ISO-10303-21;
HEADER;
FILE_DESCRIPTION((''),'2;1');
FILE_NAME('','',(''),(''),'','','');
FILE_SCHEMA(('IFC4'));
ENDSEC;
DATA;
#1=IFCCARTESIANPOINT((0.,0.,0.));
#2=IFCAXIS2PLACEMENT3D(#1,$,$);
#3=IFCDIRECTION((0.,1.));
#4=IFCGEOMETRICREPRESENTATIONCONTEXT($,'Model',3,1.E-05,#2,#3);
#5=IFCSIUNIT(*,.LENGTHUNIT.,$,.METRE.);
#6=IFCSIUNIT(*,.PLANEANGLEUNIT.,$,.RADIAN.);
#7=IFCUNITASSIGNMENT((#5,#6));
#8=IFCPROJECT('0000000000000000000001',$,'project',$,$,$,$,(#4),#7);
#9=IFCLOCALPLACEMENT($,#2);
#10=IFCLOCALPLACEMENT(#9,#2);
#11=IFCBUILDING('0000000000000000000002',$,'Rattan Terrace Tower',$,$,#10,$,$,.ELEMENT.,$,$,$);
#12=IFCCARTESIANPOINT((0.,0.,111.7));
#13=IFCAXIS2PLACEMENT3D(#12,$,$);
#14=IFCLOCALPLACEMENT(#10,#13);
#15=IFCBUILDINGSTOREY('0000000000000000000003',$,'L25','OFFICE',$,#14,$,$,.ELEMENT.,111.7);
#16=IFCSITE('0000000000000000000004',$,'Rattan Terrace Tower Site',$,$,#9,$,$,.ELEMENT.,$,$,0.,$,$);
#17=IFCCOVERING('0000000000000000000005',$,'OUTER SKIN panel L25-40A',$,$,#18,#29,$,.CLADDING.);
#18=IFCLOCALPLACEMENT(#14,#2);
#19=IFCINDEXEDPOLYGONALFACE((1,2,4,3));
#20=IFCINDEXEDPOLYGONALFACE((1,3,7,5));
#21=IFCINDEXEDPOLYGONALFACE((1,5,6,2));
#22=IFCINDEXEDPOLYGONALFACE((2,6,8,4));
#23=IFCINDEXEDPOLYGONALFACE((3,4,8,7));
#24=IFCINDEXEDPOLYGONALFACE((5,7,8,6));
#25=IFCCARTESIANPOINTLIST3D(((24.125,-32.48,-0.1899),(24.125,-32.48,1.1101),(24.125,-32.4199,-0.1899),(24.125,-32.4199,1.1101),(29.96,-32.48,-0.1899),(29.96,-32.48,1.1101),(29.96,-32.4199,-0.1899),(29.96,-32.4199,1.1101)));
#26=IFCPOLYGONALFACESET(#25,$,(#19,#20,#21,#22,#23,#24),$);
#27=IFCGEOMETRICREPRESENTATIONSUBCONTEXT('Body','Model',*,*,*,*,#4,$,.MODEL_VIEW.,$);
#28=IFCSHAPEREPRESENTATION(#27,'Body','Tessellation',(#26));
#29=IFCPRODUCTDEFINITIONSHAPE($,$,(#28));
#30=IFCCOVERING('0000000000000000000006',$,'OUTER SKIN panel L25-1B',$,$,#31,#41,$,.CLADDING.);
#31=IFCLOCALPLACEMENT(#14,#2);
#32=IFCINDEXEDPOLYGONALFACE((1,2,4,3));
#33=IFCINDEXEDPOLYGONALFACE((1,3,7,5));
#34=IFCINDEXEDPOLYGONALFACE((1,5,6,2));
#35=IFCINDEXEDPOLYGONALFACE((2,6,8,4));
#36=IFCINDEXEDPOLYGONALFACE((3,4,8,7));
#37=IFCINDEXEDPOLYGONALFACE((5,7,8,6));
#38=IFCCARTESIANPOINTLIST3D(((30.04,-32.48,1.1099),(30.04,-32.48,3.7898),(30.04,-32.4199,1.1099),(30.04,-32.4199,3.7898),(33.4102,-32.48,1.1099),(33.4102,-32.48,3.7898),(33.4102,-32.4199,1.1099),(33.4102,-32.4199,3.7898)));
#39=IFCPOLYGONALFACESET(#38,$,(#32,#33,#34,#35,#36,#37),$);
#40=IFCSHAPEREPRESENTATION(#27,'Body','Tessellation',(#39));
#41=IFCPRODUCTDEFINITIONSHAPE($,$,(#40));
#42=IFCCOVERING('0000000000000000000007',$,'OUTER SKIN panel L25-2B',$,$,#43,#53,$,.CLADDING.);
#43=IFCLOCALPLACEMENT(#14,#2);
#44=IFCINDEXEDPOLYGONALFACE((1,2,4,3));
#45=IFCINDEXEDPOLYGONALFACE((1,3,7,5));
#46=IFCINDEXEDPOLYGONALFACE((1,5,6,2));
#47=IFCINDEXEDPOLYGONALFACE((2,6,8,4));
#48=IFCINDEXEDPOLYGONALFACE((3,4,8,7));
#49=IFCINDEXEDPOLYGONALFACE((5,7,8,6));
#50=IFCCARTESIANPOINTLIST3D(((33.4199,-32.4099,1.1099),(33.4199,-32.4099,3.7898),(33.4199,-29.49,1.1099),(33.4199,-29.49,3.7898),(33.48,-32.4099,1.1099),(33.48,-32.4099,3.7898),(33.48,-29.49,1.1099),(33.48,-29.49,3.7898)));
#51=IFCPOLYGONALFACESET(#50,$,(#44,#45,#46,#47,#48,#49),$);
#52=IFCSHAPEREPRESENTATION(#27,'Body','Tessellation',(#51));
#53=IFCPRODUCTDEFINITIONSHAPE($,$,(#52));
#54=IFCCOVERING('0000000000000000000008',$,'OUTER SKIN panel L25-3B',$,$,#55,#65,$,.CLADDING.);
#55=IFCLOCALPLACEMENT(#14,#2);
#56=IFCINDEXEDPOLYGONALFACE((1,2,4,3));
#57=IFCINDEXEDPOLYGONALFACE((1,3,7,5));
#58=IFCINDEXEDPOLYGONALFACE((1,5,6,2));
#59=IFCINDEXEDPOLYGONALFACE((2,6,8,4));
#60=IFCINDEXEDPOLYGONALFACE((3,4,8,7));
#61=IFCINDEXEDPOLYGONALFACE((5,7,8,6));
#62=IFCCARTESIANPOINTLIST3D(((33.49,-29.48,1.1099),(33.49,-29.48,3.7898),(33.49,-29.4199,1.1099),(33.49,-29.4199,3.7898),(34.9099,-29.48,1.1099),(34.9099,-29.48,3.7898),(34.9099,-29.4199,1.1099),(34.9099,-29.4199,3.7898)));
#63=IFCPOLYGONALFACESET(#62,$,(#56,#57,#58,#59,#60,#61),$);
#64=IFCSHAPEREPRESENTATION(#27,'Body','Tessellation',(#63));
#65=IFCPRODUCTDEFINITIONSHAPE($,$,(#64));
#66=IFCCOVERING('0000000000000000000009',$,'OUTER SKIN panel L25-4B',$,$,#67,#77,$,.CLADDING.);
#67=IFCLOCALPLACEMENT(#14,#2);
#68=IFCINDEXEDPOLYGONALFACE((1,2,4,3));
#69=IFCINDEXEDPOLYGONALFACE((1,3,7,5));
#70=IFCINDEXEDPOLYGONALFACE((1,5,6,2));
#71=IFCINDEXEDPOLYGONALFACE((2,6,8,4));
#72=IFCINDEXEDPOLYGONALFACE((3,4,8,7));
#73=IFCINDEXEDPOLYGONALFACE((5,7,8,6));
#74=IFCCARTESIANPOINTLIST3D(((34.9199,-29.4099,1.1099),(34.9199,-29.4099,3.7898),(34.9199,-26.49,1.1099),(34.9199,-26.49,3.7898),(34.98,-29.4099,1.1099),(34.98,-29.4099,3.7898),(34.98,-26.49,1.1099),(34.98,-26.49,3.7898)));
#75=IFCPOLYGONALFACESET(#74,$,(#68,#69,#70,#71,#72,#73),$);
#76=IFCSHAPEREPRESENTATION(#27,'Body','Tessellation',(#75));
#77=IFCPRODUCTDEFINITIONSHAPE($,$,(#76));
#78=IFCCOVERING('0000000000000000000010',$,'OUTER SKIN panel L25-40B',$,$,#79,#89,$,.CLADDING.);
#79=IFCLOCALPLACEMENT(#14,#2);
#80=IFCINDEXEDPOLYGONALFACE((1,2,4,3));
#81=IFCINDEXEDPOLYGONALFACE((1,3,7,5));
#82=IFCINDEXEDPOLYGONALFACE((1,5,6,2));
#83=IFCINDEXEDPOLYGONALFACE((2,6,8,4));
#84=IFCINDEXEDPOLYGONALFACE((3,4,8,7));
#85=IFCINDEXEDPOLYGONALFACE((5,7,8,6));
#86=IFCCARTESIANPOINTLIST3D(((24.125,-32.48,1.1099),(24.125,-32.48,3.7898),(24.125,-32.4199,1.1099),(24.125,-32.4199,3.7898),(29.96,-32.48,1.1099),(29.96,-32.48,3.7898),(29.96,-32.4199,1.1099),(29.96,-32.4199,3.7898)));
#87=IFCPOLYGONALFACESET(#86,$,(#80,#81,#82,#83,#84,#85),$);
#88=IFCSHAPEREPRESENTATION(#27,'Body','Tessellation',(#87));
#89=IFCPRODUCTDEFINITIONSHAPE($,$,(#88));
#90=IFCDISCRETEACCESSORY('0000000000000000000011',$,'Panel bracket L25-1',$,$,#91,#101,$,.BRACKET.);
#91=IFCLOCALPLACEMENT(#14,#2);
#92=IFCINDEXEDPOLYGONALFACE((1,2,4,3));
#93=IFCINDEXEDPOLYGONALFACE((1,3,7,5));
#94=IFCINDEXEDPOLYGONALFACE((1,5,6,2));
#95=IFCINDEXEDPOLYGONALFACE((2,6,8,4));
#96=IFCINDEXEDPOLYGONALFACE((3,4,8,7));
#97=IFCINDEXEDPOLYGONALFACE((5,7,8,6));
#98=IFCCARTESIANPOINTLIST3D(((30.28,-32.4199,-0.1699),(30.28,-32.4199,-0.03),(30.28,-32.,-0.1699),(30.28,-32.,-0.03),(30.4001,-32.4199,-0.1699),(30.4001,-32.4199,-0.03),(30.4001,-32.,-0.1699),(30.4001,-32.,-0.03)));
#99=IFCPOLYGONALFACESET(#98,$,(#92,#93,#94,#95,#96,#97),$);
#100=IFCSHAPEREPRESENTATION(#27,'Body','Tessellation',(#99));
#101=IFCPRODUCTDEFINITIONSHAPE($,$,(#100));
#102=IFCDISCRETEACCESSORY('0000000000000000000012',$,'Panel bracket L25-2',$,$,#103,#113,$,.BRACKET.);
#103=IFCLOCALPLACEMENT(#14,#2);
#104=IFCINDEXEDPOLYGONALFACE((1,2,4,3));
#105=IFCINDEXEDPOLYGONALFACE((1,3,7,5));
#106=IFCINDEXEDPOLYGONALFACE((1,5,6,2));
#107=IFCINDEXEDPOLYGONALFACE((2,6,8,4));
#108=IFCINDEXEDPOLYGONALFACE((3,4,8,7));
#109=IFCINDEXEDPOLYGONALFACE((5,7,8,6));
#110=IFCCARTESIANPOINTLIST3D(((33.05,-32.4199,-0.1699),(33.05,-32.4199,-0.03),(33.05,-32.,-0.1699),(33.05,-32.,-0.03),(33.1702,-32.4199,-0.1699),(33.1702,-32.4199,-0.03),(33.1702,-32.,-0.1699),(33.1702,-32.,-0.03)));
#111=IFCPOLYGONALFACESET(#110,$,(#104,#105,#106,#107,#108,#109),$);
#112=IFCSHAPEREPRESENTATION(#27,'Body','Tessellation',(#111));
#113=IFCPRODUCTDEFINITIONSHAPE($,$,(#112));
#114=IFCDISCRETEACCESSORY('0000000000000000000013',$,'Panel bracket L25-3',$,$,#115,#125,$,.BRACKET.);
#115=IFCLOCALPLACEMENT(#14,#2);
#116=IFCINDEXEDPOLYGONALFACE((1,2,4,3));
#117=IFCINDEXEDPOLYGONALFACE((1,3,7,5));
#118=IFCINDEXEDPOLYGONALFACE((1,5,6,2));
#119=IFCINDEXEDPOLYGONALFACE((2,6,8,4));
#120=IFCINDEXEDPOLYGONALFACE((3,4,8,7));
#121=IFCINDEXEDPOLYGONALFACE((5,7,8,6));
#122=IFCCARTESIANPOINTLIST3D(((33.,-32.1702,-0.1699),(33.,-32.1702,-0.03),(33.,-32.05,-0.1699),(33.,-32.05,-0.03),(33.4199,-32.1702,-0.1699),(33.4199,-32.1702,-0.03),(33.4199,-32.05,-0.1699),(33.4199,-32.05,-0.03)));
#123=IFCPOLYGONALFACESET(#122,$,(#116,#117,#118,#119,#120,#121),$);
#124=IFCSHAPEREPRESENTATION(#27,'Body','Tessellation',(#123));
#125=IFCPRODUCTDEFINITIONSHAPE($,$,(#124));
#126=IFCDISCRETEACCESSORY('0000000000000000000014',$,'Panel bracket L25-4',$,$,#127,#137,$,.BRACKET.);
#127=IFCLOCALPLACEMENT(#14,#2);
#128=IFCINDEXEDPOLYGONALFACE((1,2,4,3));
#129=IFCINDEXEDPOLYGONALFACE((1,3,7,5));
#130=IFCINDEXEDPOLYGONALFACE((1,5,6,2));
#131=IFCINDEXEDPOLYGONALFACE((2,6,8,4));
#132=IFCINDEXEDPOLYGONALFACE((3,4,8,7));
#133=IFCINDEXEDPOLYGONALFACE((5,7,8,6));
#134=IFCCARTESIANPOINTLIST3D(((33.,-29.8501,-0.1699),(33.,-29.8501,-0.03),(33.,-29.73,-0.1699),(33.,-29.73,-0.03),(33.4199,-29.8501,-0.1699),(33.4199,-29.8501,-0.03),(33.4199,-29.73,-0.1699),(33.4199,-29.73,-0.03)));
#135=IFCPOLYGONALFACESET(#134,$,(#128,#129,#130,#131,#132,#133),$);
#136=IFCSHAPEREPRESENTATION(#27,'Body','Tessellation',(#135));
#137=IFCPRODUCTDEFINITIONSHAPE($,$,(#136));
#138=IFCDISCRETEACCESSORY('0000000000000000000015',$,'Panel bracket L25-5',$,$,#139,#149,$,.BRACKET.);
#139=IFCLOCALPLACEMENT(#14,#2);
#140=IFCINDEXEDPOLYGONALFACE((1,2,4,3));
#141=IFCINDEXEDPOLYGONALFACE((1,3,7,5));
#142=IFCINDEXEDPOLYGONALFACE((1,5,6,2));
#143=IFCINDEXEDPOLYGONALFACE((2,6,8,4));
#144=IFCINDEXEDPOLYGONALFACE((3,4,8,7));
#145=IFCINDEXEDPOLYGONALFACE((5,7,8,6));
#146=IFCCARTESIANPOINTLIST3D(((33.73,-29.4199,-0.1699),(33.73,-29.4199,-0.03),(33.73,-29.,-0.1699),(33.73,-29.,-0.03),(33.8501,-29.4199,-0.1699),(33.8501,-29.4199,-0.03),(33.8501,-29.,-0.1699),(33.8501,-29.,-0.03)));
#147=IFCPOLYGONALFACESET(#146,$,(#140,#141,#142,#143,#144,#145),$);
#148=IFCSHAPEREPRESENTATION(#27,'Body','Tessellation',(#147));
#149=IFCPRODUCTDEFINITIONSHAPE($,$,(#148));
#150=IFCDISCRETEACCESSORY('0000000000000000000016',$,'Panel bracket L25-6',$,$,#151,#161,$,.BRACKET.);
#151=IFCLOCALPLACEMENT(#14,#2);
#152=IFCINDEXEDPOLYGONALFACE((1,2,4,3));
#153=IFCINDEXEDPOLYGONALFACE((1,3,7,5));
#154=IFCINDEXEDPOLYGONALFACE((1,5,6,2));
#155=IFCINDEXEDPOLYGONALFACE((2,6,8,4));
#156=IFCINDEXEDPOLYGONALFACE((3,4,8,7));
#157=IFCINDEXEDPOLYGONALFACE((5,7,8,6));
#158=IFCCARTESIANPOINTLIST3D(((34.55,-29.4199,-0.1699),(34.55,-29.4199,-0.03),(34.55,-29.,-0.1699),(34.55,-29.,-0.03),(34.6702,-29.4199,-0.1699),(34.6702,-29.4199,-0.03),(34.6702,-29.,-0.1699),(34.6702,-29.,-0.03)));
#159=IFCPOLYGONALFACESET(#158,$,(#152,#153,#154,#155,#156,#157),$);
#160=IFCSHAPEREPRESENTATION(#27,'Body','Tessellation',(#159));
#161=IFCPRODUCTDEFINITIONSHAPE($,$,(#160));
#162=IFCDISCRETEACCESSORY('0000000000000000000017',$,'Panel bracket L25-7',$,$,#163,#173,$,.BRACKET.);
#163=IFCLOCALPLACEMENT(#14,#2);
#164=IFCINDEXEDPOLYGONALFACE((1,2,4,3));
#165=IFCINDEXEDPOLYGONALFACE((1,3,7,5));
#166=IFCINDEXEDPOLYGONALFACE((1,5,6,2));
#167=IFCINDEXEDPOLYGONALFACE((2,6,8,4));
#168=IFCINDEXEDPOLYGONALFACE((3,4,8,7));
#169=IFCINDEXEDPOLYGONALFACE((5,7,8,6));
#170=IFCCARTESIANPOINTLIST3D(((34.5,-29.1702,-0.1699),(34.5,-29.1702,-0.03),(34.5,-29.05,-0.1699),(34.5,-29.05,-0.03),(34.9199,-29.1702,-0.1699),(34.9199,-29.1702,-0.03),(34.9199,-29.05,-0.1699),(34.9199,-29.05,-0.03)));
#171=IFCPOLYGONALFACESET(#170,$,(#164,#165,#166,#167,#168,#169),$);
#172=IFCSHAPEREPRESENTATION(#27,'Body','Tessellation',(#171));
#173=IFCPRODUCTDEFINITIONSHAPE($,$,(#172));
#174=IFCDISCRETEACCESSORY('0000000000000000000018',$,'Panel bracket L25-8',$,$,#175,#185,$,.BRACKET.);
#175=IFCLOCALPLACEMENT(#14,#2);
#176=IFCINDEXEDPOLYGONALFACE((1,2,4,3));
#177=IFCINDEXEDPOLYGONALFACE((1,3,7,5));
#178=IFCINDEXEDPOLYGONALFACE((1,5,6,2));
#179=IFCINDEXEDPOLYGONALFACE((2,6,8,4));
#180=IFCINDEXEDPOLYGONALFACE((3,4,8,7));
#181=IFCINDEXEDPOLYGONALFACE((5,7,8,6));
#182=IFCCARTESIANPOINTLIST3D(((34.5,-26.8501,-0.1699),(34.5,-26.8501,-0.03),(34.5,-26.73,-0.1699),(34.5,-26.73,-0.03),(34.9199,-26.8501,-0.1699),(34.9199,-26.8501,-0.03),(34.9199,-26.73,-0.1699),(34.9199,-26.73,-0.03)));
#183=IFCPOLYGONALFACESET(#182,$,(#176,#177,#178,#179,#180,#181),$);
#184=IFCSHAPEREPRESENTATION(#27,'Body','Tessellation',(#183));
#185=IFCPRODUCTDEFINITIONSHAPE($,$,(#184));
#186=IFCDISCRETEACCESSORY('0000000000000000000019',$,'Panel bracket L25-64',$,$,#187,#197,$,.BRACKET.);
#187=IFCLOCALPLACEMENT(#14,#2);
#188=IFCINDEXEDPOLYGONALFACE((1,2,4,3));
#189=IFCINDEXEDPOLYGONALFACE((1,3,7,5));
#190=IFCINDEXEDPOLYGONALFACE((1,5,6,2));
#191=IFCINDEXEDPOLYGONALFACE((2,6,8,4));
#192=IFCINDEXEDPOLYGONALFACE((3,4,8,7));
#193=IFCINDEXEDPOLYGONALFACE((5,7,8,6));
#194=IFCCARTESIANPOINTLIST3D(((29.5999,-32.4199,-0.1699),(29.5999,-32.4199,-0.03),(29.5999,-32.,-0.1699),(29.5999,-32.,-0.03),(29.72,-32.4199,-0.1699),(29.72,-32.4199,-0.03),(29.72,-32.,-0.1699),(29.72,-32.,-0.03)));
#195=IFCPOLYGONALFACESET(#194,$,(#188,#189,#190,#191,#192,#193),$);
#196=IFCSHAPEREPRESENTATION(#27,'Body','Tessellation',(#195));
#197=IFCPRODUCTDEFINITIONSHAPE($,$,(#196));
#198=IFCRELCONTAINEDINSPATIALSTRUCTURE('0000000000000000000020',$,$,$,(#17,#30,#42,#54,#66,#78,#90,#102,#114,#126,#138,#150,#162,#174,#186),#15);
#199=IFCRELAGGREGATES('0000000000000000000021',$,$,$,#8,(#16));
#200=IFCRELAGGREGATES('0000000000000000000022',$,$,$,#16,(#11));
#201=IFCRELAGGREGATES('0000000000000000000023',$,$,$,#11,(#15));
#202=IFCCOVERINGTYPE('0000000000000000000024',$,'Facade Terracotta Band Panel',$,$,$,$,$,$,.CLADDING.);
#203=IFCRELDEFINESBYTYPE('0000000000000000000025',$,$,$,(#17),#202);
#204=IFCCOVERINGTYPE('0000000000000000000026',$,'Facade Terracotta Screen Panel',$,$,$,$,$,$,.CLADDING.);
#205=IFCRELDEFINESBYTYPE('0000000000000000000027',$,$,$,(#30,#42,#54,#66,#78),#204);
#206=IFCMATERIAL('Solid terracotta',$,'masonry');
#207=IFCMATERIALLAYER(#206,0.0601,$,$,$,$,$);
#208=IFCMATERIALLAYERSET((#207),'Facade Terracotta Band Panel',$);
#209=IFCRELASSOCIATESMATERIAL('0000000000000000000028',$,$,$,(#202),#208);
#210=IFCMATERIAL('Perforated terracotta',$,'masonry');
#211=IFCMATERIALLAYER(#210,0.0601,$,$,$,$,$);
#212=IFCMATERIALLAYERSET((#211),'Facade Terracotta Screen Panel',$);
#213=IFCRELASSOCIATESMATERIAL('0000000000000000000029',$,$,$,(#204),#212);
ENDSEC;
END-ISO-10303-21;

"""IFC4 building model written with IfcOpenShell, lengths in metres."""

from ifc_helpers import new_model, si_unit, direction, frame, origin, origin_2d, place, context, subcontext, project, spatial, rectangle, extrude, material, layer, layer_set, type_object, element, save


model = new_model("IFC4")

# Units and contexts
model_context = context("Model", 3, precision=1e-05, world=origin(), true_north=direction((0.0, 1.0)))
body_context = subcontext(model_context, "Body", "Model", "MODEL_VIEW")
ifc_project = project(units=[si_unit("LENGTHUNIT", "METRE"), si_unit("PLANEANGLEUNIT", "RADIAN")], contexts=[model_context])

# Site, building, storey
site_placement = place(None, origin())
site = spatial("IfcSite", under=ifc_project, at=site_placement, Name="Rattan Terrace Tower Site", CompositionType="ELEMENT", RefElevation=0.0)
building_placement = place(site_placement, origin())
building = spatial("IfcBuilding", under=site, at=building_placement, Name="Rattan Terrace Tower", CompositionType="ELEMENT")
storey_placement = place(building_placement, frame((0.0, 0.0, 111.7)))
storey = spatial("IfcBuildingStorey", under=building, at=storey_placement, Name="L25", Description="OFFICE", CompositionType="ELEMENT", Elevation=111.7)

# Coverings
ifc_material_1 = material(Name="Solid terracotta", Category="masonry")
ifc_layer_1 = layer(ifc_material_1, 0.0601)
ifc_layer_set_1 = layer_set([ifc_layer_1], Name="Facade Terracotta Band Panel")
covering_type_1 = type_object("IfcCoveringType", Name="Facade Terracotta Band Panel", PredefinedType="CLADDING", material=ifc_layer_set_1)
covering_1_placement = place(storey_placement, frame((27.0425, -32.45, -0.1899), z_axis=(0.0, 0.0, 1.0), x_axis=(1.0, 0.0, 0.0)))
element("IfcCovering", 1, at=covering_1_placement, inside=storey, type_object=covering_type_1, Name="OUTER SKIN panel L25-40A", PredefinedType="CLADDING", context=body_context, shape_type="SweptSolid", body=[
    extrude(rectangle(XDim=5.835, YDim=0.0601, at=origin_2d()), origin(), (0.0, 0.0, 1.0), 1.3),
])
ifc_material_2 = material(Name="Perforated terracotta", Category="masonry")
ifc_layer_2 = layer(ifc_material_2, 0.0601)
ifc_layer_set_2 = layer_set([ifc_layer_2], Name="Facade Terracotta Screen Panel")
covering_type_2 = type_object("IfcCoveringType", Name="Facade Terracotta Screen Panel", PredefinedType="CLADDING", material=ifc_layer_set_2)
covering_2_placement = place(storey_placement, frame((31.7251, -32.45, 1.1099), z_axis=(0.0, 0.0, 1.0), x_axis=(1.0, 0.0, 0.0)))
element("IfcCovering", 2, at=covering_2_placement, inside=storey, type_object=covering_type_2, Name="OUTER SKIN panel L25-1B", PredefinedType="CLADDING", context=body_context, shape_type="SweptSolid", body=[
    extrude(rectangle(XDim=3.3701, YDim=0.0601, at=origin_2d()), origin(), (0.0, 0.0, 1.0), 2.6799),
])
covering_3_placement = place(storey_placement, frame((33.45, -30.95, 1.1099), z_axis=(0.0, 0.0, 1.0), x_axis=(0.0, 1.0, 0.0)))
element("IfcCovering", 3, at=covering_3_placement, inside=storey, type_object=covering_type_2, Name="OUTER SKIN panel L25-2B", PredefinedType="CLADDING", context=body_context, shape_type="SweptSolid", body=[
    extrude(rectangle(XDim=2.9199, YDim=0.0601, at=origin_2d()), origin(), (0.0, 0.0, 1.0), 2.6799),
])
covering_4_placement = place(storey_placement, frame((34.2, -29.45, 1.1099), z_axis=(0.0, 0.0, 1.0), x_axis=(1.0, 0.0, 0.0)))
element("IfcCovering", 4, at=covering_4_placement, inside=storey, type_object=covering_type_2, Name="OUTER SKIN panel L25-3B", PredefinedType="CLADDING", context=body_context, shape_type="SweptSolid", body=[
    extrude(rectangle(XDim=1.4199, YDim=0.0601, at=origin_2d()), origin(), (0.0, 0.0, 1.0), 2.6799),
])
covering_5_placement = place(storey_placement, frame((34.95, -27.95, 1.1099), z_axis=(0.0, 0.0, 1.0), x_axis=(0.0, 1.0, 0.0)))
element("IfcCovering", 5, at=covering_5_placement, inside=storey, type_object=covering_type_2, Name="OUTER SKIN panel L25-4B", PredefinedType="CLADDING", context=body_context, shape_type="SweptSolid", body=[
    extrude(rectangle(XDim=2.9199, YDim=0.0601, at=origin_2d()), origin(), (0.0, 0.0, 1.0), 2.6799),
])
covering_6_placement = place(storey_placement, frame((27.0425, -32.45, 1.1099), z_axis=(0.0, 0.0, 1.0), x_axis=(1.0, 0.0, 0.0)))
element("IfcCovering", 6, at=covering_6_placement, inside=storey, type_object=covering_type_2, Name="OUTER SKIN panel L25-40B", PredefinedType="CLADDING", context=body_context, shape_type="SweptSolid", body=[
    extrude(rectangle(XDim=5.835, YDim=0.0601, at=origin_2d()), origin(), (0.0, 0.0, 1.0), 2.6799),
])

# Discrete accessories
for number, where, z_axis, x_axis, name in (
    (7, (30.3401, -32.21, -0.1699), (0.0, 0.0, 1.0), (1.0, 0.0, 0.0), "Panel bracket L25-1"),
    (8, (33.1101, -32.21, -0.1699), (0.0, 0.0, 1.0), (1.0, 0.0, 0.0), "Panel bracket L25-2"),
    (9, (33.21, -32.1101, -0.1699), (0.0, 0.0, 1.0), (0.0, 1.0, 0.0), "Panel bracket L25-3"),
    (10, (33.21, -29.79, -0.1699), (0.0, 0.0, 1.0), (0.0, 1.0, 0.0), "Panel bracket L25-4"),
    (11, (33.79, -29.21, -0.1699), (0.0, 0.0, 1.0), (1.0, 0.0, 0.0), "Panel bracket L25-5"),
    (12, (34.6101, -29.21, -0.1699), (0.0, 0.0, 1.0), (1.0, 0.0, 0.0), "Panel bracket L25-6"),
    (13, (34.71, -29.1101, -0.1699), (0.0, 0.0, 1.0), (0.0, 1.0, 0.0), "Panel bracket L25-7"),
    (14, (34.71, -26.79, -0.1699), (0.0, 0.0, 1.0), (0.0, 1.0, 0.0), "Panel bracket L25-8"),
    (15, (29.6599, -32.21, -0.1699), (0.0, 0.0, 1.0), (1.0, 0.0, 0.0), "Panel bracket L25-64"),
):
    element("IfcDiscreteAccessory", number, at=place(storey_placement, frame(where, z_axis=z_axis, x_axis=x_axis)), inside=storey, Name=name, PredefinedType="BRACKET", context=body_context, shape_type="SweptSolid", body=[
        extrude(rectangle(XDim=0.1201, YDim=0.4199, at=origin_2d()), origin(), (0.0, 0.0, 1.0), 0.1399),
    ])

save(model, "model.ifc")
